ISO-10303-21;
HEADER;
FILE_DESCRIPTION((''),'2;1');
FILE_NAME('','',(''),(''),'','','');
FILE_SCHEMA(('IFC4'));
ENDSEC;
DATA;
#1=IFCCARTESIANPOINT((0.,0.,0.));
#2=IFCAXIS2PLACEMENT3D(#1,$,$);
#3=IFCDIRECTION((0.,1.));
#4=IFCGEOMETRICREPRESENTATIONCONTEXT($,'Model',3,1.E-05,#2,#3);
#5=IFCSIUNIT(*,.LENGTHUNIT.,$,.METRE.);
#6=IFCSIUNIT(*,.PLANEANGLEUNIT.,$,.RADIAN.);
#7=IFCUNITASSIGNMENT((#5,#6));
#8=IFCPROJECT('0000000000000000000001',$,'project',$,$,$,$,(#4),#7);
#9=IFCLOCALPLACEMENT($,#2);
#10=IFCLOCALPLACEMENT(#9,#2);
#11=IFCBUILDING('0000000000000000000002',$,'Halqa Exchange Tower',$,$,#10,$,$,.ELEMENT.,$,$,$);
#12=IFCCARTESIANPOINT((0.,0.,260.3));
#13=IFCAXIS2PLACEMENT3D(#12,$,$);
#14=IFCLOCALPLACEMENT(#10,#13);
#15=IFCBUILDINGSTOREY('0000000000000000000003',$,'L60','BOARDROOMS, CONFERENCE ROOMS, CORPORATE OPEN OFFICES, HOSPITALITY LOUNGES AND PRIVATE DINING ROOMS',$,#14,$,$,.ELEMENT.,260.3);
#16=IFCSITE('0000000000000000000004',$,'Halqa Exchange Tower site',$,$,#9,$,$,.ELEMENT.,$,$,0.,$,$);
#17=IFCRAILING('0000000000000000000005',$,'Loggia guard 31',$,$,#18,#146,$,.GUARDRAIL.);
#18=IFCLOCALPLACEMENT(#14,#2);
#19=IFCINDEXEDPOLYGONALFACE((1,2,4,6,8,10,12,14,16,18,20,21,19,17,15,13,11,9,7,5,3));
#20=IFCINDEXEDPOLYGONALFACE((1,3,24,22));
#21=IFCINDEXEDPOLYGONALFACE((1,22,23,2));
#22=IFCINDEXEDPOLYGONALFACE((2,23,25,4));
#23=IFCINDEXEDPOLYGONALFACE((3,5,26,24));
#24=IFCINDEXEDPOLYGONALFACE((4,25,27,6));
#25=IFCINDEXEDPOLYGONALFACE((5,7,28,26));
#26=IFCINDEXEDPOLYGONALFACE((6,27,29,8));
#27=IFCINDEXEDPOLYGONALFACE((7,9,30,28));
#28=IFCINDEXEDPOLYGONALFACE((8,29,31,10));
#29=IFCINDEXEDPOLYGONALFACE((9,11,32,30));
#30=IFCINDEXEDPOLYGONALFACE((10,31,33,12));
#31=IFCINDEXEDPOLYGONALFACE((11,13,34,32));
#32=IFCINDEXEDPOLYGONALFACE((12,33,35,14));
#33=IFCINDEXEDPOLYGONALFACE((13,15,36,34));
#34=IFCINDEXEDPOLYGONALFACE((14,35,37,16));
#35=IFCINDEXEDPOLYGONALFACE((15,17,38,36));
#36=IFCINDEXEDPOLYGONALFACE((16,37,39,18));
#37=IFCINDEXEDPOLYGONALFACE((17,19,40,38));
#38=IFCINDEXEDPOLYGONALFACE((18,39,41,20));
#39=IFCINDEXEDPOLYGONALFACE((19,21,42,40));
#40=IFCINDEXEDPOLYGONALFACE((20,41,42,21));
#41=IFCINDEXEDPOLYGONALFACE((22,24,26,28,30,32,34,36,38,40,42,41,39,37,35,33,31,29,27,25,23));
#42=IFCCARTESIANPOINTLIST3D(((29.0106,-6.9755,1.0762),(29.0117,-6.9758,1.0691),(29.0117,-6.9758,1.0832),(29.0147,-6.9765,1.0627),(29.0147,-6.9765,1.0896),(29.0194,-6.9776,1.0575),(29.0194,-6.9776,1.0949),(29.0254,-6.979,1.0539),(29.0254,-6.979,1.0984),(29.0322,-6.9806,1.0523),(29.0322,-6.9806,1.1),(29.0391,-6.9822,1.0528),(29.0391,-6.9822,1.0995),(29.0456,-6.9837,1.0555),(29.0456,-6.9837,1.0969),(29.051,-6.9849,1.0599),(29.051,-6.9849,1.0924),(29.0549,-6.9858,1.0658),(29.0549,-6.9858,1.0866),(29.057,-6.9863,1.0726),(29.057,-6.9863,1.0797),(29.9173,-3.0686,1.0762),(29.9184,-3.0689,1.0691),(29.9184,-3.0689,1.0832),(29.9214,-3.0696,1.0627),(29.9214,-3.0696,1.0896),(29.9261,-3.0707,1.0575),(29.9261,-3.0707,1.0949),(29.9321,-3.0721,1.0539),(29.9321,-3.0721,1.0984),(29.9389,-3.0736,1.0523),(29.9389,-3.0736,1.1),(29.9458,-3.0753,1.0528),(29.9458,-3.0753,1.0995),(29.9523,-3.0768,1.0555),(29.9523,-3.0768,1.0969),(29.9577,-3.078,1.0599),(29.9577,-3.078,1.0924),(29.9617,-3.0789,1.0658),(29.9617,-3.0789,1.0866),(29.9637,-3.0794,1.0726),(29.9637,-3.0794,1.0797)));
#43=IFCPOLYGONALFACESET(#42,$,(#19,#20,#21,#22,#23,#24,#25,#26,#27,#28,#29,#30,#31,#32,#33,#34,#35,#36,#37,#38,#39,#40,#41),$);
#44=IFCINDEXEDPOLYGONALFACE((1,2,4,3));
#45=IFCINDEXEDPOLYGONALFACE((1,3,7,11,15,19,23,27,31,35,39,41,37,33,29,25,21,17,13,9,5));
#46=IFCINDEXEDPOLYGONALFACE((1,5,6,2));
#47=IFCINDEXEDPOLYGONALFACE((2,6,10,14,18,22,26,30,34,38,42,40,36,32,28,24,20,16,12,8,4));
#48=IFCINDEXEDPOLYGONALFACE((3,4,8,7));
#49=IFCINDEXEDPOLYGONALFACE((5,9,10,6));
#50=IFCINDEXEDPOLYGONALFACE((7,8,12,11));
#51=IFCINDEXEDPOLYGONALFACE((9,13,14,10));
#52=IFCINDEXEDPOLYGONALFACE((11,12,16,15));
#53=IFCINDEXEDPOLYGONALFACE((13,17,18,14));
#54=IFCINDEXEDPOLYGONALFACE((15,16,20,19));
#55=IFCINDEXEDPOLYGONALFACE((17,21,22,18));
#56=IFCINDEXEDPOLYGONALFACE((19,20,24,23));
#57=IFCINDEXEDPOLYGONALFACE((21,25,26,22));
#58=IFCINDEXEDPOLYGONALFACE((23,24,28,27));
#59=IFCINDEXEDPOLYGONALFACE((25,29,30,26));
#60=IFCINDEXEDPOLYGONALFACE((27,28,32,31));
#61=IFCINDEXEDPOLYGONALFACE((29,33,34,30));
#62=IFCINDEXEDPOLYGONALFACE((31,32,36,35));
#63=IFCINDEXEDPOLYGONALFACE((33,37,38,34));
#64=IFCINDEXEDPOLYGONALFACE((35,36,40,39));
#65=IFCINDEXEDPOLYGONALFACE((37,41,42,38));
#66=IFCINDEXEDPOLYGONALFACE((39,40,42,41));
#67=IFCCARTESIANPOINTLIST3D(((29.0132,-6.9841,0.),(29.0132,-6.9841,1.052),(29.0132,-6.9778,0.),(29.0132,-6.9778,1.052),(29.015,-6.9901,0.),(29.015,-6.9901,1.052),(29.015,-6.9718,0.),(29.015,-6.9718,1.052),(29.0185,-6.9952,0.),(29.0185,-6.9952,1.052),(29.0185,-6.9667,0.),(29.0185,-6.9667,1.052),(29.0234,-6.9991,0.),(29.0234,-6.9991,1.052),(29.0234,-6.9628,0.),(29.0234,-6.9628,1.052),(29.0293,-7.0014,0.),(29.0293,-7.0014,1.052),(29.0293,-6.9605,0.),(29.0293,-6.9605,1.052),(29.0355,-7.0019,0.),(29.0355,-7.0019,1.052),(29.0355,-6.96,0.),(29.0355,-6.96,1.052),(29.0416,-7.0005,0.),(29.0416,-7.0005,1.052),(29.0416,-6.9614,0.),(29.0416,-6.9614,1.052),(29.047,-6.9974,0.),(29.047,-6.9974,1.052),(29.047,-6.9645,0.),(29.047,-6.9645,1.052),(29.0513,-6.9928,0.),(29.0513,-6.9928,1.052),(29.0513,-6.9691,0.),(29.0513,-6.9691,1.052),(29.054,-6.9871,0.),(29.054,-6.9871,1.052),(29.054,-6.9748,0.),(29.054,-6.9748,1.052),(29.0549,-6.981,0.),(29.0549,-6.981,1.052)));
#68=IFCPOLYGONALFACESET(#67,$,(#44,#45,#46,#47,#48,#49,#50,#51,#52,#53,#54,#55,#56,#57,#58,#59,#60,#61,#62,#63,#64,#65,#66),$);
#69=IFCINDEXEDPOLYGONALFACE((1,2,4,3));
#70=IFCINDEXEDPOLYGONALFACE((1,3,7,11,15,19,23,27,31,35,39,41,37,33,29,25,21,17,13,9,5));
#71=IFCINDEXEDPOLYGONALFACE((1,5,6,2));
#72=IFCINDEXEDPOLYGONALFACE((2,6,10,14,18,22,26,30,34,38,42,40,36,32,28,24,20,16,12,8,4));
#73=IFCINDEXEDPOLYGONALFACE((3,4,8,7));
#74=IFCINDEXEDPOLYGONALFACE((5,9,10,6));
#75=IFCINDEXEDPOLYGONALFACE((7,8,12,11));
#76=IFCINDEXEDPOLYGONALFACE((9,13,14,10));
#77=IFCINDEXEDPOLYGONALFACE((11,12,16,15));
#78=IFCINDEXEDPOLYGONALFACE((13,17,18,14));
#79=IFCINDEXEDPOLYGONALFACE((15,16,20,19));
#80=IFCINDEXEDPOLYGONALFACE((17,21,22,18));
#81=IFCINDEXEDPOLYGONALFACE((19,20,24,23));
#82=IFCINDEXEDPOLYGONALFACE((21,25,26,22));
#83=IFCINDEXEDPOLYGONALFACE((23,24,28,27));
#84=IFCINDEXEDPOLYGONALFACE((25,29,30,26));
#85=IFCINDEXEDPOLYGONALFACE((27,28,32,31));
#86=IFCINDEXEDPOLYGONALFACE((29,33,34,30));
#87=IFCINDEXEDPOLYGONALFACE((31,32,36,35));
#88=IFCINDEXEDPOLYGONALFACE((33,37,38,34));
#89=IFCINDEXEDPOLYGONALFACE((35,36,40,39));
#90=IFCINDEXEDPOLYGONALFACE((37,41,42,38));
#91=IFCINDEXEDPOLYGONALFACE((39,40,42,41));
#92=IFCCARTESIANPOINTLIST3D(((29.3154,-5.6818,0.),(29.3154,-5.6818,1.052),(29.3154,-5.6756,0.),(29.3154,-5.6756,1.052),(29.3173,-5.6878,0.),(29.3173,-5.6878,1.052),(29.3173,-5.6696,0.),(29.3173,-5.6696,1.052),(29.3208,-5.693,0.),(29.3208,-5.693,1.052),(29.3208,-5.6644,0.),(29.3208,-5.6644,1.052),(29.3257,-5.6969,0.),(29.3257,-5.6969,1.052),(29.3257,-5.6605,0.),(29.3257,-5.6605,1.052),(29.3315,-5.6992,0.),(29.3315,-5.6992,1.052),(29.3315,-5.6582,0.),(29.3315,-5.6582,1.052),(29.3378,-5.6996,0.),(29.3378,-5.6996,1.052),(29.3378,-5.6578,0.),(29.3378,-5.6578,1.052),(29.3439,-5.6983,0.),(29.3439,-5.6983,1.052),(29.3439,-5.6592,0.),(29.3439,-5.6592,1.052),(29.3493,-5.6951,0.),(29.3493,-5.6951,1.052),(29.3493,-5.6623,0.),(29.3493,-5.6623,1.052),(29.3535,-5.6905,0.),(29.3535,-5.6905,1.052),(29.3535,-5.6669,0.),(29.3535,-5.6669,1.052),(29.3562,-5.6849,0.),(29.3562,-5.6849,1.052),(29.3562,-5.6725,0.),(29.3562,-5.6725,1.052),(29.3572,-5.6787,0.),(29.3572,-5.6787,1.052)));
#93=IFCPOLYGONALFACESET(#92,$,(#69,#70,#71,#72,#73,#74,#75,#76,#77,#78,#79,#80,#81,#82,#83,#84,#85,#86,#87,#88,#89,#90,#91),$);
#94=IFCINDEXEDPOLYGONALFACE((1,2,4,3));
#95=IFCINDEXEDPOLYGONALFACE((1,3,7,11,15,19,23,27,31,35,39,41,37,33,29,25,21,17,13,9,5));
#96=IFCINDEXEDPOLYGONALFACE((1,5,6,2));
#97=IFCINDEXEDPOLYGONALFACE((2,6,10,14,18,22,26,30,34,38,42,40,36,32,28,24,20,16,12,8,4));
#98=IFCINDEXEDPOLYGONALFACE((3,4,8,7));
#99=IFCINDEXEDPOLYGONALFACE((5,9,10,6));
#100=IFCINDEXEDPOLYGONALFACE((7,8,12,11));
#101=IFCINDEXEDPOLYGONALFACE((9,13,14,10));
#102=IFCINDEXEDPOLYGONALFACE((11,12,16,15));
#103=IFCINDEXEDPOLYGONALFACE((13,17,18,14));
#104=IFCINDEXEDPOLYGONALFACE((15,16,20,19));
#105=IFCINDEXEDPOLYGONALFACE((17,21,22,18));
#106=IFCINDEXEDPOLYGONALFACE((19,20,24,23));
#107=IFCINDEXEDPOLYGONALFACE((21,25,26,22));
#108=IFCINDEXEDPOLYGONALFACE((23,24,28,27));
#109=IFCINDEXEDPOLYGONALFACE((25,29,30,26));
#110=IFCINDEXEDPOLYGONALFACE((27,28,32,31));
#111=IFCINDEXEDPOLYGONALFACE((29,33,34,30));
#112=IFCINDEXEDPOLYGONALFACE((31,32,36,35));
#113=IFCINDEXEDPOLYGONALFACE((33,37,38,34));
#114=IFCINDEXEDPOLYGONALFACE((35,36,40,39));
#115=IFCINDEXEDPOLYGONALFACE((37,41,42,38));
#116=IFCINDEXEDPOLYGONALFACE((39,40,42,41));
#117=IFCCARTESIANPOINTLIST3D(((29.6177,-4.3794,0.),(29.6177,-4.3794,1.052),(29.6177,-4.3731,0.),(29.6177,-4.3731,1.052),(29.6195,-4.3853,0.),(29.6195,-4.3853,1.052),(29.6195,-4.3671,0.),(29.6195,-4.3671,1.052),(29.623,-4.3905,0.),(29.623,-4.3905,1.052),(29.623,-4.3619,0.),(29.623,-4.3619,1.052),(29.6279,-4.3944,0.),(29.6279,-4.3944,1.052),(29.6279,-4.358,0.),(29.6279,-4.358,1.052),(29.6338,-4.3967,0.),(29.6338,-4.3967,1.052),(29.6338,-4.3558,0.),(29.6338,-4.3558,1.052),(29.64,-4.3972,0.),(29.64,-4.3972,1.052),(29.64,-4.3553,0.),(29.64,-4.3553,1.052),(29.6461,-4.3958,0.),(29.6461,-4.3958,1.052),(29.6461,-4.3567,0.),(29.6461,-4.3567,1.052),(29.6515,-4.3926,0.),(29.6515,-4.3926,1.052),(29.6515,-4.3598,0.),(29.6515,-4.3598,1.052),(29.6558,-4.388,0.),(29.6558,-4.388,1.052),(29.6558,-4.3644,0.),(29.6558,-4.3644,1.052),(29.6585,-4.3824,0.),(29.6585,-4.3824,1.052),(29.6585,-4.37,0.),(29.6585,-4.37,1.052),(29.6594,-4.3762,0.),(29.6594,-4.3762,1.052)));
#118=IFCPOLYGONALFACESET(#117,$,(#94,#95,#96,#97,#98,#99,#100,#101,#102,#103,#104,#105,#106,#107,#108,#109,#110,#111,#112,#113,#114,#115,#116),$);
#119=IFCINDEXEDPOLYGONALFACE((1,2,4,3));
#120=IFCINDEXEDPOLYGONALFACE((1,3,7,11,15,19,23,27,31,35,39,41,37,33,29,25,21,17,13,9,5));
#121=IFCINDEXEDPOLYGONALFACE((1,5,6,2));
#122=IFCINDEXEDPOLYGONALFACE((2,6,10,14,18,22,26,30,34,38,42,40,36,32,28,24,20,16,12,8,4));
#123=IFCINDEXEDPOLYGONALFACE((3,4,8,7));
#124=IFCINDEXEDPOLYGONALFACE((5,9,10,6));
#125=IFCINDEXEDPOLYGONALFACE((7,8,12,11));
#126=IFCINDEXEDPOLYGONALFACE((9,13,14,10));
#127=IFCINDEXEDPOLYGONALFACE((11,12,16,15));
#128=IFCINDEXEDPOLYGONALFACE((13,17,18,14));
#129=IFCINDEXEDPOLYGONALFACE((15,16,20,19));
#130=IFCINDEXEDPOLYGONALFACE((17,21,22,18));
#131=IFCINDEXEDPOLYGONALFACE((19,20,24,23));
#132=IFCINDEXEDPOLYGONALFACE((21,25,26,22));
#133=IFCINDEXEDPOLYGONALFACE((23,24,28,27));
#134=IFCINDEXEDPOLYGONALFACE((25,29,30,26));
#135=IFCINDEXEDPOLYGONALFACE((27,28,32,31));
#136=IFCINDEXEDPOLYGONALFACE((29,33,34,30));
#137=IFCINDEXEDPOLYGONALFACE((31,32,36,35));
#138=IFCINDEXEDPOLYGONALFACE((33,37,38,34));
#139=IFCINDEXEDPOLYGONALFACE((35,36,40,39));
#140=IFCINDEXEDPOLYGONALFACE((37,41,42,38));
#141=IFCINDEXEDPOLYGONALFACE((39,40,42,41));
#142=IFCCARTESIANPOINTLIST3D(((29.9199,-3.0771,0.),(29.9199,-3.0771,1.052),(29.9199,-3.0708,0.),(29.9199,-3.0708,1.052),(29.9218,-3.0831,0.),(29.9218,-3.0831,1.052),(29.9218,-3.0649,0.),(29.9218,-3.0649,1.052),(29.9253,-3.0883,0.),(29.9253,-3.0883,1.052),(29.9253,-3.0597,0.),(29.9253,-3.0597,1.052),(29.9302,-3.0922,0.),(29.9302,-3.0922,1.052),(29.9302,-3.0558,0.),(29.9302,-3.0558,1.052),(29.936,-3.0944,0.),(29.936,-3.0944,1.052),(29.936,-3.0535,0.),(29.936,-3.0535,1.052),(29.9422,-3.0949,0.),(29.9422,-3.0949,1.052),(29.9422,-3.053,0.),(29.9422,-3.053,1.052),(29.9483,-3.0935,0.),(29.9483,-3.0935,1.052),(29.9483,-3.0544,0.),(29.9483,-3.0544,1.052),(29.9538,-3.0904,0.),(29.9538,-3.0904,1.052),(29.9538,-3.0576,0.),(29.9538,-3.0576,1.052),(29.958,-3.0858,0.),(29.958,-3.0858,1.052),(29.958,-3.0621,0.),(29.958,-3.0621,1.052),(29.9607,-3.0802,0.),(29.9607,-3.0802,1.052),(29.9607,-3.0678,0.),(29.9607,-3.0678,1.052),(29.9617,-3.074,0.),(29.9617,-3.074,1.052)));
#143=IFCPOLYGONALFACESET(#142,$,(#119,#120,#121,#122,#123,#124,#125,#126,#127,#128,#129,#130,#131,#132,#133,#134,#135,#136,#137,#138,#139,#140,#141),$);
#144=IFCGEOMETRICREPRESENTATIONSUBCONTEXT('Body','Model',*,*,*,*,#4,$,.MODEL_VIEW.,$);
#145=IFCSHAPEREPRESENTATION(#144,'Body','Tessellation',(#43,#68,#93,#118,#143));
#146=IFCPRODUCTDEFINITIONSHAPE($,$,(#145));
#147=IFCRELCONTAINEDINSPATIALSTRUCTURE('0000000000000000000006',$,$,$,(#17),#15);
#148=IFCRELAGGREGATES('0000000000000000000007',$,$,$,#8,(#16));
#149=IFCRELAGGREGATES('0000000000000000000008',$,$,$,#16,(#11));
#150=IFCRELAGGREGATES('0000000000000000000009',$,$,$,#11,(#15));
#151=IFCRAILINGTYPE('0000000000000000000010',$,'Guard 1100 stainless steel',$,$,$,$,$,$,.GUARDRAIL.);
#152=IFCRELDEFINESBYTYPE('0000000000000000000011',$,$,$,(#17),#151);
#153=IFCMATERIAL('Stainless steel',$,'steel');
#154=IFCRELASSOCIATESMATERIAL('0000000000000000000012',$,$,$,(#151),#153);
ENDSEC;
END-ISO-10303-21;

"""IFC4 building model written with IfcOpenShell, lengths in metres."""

from ifc_helpers import new_model, si_unit, direction, frame, origin, origin_2d, place, context, subcontext, project, spatial, circle, extrude, material, type_object, element, save


model = new_model("IFC4")

# Units and contexts
model_context = context("Model", 3, precision=1e-05, world=origin(), true_north=direction((0.0, 1.0)))
body_context = subcontext(model_context, "Body", "Model", "MODEL_VIEW")
ifc_project = project(units=[si_unit("LENGTHUNIT", "METRE"), si_unit("PLANEANGLEUNIT", "RADIAN")], contexts=[model_context])

# Site, building, storey
site_placement = place(None, origin())
site = spatial("IfcSite", under=ifc_project, at=site_placement, Name="Halqa Exchange Tower site", CompositionType="ELEMENT", RefElevation=0.0)
building_placement = place(site_placement, origin())
building = spatial("IfcBuilding", under=site, at=building_placement, Name="Halqa Exchange Tower", CompositionType="ELEMENT")
storey_placement = place(building_placement, frame((0.0, 0.0, 260.3)))
storey = spatial("IfcBuildingStorey", under=building, at=storey_placement, Name="L60", Description="BOARDROOMS, CONFERENCE ROOMS, CORPORATE OPEN OFFICES, HOSPITALITY LOUNGES AND PRIVATE DINING ROOMS", CompositionType="ELEMENT", Elevation=260.3)

# Railing
ifc_material_1 = material(Name="Stainless steel", Category="steel")
railing_type = type_object("IfcRailingType", Name="Guard 1100 stainless steel", PredefinedType="GUARDRAIL", material=ifc_material_1)
railing_1_placement = place(storey_placement, frame((29.0339, -6.981, 0.0)))
element("IfcRailing", 1, at=railing_1_placement, inside=storey, type_object=railing_type, Name="Loggia guard 31", PredefinedType="GUARDRAIL", context=body_context, shape_type="SweptSolid", body=[
    extrude(circle(Radius=0.0239, at=origin_2d()), frame((0.0, 0.0, 1.0762), z_axis=(0.226073, 0.97411, 0.0), x_axis=(-0.97411, 0.226073, 0.0)), (0.0, 0.0, 1.0), 4.0107),
    extrude(circle(Radius=0.021, at=origin_2d()), origin(), (0.0, 0.0, 1.0), 1.052),
    extrude(circle(Radius=0.021, at=origin_2d()), frame((0.3022, 1.3022, 0.0)), (0.0, 0.0, 1.0), 1.052),
    extrude(circle(Radius=0.021, at=origin_2d()), frame((0.6045, 2.6047, 0.0)), (0.0, 0.0, 1.0), 1.052),
    extrude(circle(Radius=0.021, at=origin_2d()), frame((0.9067, 3.907, 0.0)), (0.0, 0.0, 1.0), 1.052),
])

save(model, "model.ifc")
